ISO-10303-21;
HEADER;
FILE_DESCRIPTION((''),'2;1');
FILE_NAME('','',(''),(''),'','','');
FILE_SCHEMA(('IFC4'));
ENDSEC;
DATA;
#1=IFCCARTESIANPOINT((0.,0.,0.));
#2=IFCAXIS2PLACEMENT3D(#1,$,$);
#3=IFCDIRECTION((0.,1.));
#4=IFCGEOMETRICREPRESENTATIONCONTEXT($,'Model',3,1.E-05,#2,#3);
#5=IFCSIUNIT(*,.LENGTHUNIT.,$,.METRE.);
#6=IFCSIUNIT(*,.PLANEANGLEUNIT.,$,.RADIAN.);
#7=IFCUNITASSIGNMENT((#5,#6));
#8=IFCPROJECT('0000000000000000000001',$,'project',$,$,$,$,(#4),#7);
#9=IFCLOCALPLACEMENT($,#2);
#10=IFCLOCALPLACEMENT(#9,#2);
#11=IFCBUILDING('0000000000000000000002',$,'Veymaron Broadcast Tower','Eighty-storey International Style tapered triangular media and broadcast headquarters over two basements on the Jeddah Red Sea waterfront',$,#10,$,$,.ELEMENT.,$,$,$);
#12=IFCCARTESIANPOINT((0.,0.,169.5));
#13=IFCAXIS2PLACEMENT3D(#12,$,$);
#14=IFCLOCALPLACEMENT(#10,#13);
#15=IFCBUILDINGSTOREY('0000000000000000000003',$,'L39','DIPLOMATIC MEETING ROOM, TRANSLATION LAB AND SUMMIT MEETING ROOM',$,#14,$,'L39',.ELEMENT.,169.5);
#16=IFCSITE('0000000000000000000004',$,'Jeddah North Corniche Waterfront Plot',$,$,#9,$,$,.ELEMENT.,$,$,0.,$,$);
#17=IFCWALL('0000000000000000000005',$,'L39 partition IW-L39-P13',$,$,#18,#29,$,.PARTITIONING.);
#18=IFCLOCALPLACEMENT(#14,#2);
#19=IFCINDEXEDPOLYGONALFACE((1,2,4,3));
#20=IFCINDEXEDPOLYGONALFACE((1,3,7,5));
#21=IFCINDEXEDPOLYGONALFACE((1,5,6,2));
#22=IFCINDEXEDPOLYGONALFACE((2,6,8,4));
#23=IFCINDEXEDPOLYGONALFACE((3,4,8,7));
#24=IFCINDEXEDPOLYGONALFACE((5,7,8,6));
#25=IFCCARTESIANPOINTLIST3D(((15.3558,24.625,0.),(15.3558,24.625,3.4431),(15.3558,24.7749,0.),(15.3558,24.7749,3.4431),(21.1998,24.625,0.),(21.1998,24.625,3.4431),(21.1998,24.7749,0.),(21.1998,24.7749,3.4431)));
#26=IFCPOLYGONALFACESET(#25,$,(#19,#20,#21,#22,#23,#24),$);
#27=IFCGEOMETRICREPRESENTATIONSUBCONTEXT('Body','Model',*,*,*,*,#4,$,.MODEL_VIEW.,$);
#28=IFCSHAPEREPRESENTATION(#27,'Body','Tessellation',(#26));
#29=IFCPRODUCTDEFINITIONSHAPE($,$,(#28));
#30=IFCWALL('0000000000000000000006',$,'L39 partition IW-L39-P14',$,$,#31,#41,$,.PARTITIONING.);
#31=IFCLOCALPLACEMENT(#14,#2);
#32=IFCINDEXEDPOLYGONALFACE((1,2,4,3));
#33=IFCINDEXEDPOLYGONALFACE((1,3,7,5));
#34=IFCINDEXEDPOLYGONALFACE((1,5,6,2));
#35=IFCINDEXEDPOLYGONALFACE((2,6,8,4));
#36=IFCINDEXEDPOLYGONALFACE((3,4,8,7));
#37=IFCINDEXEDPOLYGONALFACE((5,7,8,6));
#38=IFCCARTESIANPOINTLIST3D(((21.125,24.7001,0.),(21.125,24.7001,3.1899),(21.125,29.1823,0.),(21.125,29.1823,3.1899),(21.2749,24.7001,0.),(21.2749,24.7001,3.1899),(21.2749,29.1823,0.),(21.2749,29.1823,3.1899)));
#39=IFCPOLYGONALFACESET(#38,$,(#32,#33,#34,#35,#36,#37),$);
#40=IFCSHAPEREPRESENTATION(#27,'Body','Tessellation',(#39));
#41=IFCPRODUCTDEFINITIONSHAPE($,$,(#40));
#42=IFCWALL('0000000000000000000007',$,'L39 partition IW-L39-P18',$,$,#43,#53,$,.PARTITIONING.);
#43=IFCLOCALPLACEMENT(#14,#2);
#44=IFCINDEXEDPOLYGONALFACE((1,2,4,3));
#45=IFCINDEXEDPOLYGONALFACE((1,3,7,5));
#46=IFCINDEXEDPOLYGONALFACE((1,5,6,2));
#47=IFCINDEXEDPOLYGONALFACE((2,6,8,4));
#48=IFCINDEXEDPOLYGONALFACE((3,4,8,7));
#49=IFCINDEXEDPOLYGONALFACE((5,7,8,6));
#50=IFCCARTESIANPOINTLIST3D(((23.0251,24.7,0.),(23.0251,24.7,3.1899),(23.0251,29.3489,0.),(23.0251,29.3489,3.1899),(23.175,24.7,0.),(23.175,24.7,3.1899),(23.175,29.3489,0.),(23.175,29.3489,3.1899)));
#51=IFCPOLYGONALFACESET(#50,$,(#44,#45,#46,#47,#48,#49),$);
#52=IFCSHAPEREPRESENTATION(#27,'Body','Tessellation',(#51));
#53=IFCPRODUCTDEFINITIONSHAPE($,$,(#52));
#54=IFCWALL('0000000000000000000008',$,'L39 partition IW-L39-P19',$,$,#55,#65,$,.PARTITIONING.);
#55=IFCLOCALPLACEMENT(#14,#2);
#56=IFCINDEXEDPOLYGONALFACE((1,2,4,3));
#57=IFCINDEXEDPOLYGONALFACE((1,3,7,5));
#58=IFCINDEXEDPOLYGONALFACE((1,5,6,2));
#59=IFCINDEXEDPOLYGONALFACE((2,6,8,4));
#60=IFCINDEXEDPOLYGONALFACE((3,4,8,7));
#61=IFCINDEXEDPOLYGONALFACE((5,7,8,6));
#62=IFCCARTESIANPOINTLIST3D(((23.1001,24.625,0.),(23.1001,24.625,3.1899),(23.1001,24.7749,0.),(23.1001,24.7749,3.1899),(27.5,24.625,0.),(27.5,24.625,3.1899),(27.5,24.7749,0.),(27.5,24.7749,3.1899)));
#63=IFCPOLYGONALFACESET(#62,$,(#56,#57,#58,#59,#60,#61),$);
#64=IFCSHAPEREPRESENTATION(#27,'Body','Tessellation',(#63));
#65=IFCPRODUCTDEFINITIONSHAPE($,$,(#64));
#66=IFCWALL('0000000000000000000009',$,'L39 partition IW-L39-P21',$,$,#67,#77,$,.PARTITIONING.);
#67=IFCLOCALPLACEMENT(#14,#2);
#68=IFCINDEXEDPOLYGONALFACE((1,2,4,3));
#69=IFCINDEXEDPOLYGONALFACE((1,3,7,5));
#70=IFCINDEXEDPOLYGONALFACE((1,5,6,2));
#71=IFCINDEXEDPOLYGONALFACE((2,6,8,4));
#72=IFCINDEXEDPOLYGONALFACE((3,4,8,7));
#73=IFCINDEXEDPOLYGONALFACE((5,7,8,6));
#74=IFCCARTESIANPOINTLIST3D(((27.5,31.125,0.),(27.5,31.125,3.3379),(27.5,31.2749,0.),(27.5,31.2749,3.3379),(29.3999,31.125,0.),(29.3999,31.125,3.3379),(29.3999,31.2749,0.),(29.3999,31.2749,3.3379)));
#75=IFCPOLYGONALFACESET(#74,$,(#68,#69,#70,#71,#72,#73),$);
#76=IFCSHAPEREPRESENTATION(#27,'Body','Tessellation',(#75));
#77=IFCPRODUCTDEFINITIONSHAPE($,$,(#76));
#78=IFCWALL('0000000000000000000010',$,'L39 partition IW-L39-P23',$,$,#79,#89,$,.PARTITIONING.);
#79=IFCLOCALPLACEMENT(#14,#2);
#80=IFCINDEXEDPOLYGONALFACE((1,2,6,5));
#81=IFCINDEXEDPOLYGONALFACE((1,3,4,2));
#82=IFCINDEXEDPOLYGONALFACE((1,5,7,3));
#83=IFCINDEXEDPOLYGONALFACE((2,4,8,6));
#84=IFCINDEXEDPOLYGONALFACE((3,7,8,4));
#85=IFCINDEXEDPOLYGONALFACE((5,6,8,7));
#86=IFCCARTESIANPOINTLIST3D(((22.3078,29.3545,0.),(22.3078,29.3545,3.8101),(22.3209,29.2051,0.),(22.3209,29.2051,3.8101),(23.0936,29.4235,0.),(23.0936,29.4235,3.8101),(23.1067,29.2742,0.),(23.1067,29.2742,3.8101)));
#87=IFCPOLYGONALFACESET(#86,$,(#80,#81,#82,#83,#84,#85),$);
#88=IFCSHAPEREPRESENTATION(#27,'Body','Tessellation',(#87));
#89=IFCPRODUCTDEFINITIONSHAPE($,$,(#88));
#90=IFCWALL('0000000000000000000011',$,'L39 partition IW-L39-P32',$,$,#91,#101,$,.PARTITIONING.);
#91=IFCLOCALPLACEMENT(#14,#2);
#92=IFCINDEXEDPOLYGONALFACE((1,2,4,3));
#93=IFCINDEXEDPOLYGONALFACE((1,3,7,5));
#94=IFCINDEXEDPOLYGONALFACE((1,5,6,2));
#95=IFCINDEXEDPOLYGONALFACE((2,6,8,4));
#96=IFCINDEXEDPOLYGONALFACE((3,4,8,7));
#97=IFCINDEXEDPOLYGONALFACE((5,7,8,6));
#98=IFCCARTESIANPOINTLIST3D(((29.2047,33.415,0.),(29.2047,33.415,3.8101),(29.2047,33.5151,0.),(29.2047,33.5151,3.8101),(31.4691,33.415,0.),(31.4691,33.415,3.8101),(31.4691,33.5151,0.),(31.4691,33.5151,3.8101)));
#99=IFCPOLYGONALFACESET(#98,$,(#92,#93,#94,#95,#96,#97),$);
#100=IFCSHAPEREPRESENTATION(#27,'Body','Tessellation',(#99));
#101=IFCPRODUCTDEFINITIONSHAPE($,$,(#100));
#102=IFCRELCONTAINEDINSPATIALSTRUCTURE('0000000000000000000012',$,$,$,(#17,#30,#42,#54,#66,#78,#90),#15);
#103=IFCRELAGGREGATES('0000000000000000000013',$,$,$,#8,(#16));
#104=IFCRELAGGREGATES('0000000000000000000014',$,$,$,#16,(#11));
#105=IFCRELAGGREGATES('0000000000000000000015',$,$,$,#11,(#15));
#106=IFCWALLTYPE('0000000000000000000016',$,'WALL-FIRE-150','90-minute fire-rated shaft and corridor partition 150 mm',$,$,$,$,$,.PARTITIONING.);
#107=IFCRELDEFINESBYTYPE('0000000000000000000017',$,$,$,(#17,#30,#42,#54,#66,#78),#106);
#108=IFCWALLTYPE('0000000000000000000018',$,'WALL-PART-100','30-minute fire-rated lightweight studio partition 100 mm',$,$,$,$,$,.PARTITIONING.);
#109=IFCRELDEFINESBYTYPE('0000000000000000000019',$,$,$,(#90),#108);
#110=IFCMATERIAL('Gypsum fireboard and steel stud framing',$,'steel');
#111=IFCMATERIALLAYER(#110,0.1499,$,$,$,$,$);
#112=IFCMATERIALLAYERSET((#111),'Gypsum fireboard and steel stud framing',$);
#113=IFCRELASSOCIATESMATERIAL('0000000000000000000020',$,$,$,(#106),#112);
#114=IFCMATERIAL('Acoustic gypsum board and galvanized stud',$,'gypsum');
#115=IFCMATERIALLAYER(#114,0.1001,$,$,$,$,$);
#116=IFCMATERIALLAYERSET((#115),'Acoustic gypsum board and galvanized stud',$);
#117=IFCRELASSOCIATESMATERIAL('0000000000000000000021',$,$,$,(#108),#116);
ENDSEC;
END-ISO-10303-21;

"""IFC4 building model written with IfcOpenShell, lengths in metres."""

from ifc_helpers import new_model, si_unit, direction, frame, frame_2d, origin, place, context, subcontext, project, spatial, rectangle, extrude, material, layer, layer_set, type_object, element, save


model = new_model("IFC4")

# Units and contexts
model_context = context("Model", 3, precision=1e-05, world=origin(), true_north=direction((0.0, 1.0)))
body_context = subcontext(model_context, "Body", "Model", "MODEL_VIEW")
ifc_project = project(units=[si_unit("LENGTHUNIT", "METRE"), si_unit("PLANEANGLEUNIT", "RADIAN")], contexts=[model_context])

# Site, building, storey
site_placement = place(None, origin())
site = spatial("IfcSite", under=ifc_project, at=site_placement, Name="Jeddah North Corniche Waterfront Plot", CompositionType="ELEMENT", RefElevation=0.0)
building_placement = place(site_placement, origin())
building = spatial("IfcBuilding", under=site, at=building_placement, Name="Veymaron Broadcast Tower", Description="Eighty-storey International Style tapered triangular media and broadcast headquarters over two basements on the Jeddah Red Sea waterfront", CompositionType="ELEMENT")
storey_placement = place(building_placement, frame((0.0, 0.0, 169.5)))
storey = spatial("IfcBuildingStorey", under=building, at=storey_placement, Name="L39", Description="DIPLOMATIC MEETING ROOM, TRANSLATION LAB AND SUMMIT MEETING ROOM", LongName="L39", CompositionType="ELEMENT", Elevation=169.5)

# Shared definitions
ifc_material_1 = material(Name="Gypsum fireboard and steel stud framing", Category="steel")
ifc_layer_1 = layer(ifc_material_1, 0.1499)
ifc_layer_set_1 = layer_set([ifc_layer_1], Name="Gypsum fireboard and steel stud framing")
wall_type_1 = type_object("IfcWallType", Name="WALL-FIRE-150", Description="90-minute fire-rated shaft and corridor partition 150 mm", PredefinedType="PARTITIONING", material=ifc_layer_set_1)

# Walls
wall_1_placement = place(storey_placement, frame((15.356, 24.7, 0.0), z_axis=(0.0, 0.0, 1.0), x_axis=(1.0, 0.0, 0.0)))
element("IfcWall", 1, at=wall_1_placement, inside=storey, type_object=wall_type_1, Name="L39 partition IW-L39-P13", PredefinedType="PARTITIONING", context=body_context, shape_type="SweptSolid", body=[
    extrude(rectangle(XDim=5.844, YDim=0.1499, at=frame_2d((2.9219, 0.0))), origin(), (0.0, 0.0, 1.0), 3.4431),
])
wall_2_placement = place(storey_placement, frame((21.2, 24.7, 0.0), z_axis=(0.0, 0.0, 1.0), x_axis=(0.0, 1.0, 0.0)))
element("IfcWall", 2, at=wall_2_placement, inside=storey, type_object=wall_type_1, Name="L39 partition IW-L39-P14", PredefinedType="PARTITIONING", context=body_context, shape_type="SweptSolid", body=[
    extrude(rectangle(XDim=4.4822, YDim=0.1499, at=frame_2d((2.2412, 0.0))), origin(), (0.0, 0.0, 1.0), 3.1899),
])
wall_3_placement = place(storey_placement, frame((23.1001, 24.7, 0.0), z_axis=(0.0, 0.0, 1.0), x_axis=(0.0, 1.0, 0.0)))
element("IfcWall", 3, at=wall_3_placement, inside=storey, type_object=wall_type_1, Name="L39 partition IW-L39-P18", PredefinedType="PARTITIONING", context=body_context, shape_type="SweptSolid", body=[
    extrude(rectangle(XDim=4.6489, YDim=0.1499, at=frame_2d((2.3245, 0.0))), origin(), (0.0, 0.0, 1.0), 3.1899),
])
wall_4_placement = place(storey_placement, frame((23.1001, 24.7, 0.0), z_axis=(0.0, 0.0, 1.0), x_axis=(1.0, 0.0, 0.0)))
element("IfcWall", 4, at=wall_4_placement, inside=storey, type_object=wall_type_1, Name="L39 partition IW-L39-P19", PredefinedType="PARTITIONING", context=body_context, shape_type="SweptSolid", body=[
    extrude(rectangle(XDim=4.3999, YDim=0.1499, at=frame_2d((2.2, 0.0))), origin(), (0.0, 0.0, 1.0), 3.1899),
])
wall_5_placement = place(storey_placement, frame((27.5, 31.2, 0.0), z_axis=(0.0, 0.0, 1.0), x_axis=(1.0, 0.0, 0.0)))
element("IfcWall", 5, at=wall_5_placement, inside=storey, type_object=wall_type_1, Name="L39 partition IW-L39-P21", PredefinedType="PARTITIONING", context=body_context, shape_type="SweptSolid", body=[
    extrude(rectangle(XDim=1.8999, YDim=0.1499, at=frame_2d((0.95, 0.0))), origin(), (0.0, 0.0, 1.0), 3.3379),
])
wall_6_placement = place(storey_placement, frame((22.3142, 29.2798, 0.0), z_axis=(0.0, 0.0, 1.0), x_axis=(0.996158, 0.087578, 0.0)))
element("IfcWall", 6, at=wall_6_placement, inside=storey, type_object=wall_type_1, Name="L39 partition IW-L39-P23", PredefinedType="PARTITIONING", context=body_context, shape_type="SweptSolid", body=[
    extrude(rectangle(XDim=0.7888, YDim=0.1499, at=frame_2d((0.3945, 0.0))), origin(), (0.0, 0.0, 1.0), 3.8101),
])
ifc_material_2 = material(Name="Acoustic gypsum board and galvanized stud", Category="gypsum")
ifc_layer_2 = layer(ifc_material_2, 0.1001)
ifc_layer_set_2 = layer_set([ifc_layer_2], Name="Acoustic gypsum board and galvanized stud")
wall_type_2 = type_object("IfcWallType", Name="WALL-PART-100", Description="30-minute fire-rated lightweight studio partition 100 mm", PredefinedType="PARTITIONING", material=ifc_layer_set_2)
wall_7_placement = place(storey_placement, frame((29.2046, 33.4651, 0.0), z_axis=(0.0, 0.0, 1.0), x_axis=(1.0, 0.0, 0.0)))
element("IfcWall", 7, at=wall_7_placement, inside=storey, type_object=wall_type_2, Name="L39 partition IW-L39-P32", PredefinedType="PARTITIONING", context=body_context, shape_type="SweptSolid", body=[
    extrude(rectangle(XDim=2.2644, YDim=0.1001, at=frame_2d((1.1323, 0.0))), origin(), (0.0, 0.0, 1.0), 3.8101),
])

save(model, "model.ifc")
